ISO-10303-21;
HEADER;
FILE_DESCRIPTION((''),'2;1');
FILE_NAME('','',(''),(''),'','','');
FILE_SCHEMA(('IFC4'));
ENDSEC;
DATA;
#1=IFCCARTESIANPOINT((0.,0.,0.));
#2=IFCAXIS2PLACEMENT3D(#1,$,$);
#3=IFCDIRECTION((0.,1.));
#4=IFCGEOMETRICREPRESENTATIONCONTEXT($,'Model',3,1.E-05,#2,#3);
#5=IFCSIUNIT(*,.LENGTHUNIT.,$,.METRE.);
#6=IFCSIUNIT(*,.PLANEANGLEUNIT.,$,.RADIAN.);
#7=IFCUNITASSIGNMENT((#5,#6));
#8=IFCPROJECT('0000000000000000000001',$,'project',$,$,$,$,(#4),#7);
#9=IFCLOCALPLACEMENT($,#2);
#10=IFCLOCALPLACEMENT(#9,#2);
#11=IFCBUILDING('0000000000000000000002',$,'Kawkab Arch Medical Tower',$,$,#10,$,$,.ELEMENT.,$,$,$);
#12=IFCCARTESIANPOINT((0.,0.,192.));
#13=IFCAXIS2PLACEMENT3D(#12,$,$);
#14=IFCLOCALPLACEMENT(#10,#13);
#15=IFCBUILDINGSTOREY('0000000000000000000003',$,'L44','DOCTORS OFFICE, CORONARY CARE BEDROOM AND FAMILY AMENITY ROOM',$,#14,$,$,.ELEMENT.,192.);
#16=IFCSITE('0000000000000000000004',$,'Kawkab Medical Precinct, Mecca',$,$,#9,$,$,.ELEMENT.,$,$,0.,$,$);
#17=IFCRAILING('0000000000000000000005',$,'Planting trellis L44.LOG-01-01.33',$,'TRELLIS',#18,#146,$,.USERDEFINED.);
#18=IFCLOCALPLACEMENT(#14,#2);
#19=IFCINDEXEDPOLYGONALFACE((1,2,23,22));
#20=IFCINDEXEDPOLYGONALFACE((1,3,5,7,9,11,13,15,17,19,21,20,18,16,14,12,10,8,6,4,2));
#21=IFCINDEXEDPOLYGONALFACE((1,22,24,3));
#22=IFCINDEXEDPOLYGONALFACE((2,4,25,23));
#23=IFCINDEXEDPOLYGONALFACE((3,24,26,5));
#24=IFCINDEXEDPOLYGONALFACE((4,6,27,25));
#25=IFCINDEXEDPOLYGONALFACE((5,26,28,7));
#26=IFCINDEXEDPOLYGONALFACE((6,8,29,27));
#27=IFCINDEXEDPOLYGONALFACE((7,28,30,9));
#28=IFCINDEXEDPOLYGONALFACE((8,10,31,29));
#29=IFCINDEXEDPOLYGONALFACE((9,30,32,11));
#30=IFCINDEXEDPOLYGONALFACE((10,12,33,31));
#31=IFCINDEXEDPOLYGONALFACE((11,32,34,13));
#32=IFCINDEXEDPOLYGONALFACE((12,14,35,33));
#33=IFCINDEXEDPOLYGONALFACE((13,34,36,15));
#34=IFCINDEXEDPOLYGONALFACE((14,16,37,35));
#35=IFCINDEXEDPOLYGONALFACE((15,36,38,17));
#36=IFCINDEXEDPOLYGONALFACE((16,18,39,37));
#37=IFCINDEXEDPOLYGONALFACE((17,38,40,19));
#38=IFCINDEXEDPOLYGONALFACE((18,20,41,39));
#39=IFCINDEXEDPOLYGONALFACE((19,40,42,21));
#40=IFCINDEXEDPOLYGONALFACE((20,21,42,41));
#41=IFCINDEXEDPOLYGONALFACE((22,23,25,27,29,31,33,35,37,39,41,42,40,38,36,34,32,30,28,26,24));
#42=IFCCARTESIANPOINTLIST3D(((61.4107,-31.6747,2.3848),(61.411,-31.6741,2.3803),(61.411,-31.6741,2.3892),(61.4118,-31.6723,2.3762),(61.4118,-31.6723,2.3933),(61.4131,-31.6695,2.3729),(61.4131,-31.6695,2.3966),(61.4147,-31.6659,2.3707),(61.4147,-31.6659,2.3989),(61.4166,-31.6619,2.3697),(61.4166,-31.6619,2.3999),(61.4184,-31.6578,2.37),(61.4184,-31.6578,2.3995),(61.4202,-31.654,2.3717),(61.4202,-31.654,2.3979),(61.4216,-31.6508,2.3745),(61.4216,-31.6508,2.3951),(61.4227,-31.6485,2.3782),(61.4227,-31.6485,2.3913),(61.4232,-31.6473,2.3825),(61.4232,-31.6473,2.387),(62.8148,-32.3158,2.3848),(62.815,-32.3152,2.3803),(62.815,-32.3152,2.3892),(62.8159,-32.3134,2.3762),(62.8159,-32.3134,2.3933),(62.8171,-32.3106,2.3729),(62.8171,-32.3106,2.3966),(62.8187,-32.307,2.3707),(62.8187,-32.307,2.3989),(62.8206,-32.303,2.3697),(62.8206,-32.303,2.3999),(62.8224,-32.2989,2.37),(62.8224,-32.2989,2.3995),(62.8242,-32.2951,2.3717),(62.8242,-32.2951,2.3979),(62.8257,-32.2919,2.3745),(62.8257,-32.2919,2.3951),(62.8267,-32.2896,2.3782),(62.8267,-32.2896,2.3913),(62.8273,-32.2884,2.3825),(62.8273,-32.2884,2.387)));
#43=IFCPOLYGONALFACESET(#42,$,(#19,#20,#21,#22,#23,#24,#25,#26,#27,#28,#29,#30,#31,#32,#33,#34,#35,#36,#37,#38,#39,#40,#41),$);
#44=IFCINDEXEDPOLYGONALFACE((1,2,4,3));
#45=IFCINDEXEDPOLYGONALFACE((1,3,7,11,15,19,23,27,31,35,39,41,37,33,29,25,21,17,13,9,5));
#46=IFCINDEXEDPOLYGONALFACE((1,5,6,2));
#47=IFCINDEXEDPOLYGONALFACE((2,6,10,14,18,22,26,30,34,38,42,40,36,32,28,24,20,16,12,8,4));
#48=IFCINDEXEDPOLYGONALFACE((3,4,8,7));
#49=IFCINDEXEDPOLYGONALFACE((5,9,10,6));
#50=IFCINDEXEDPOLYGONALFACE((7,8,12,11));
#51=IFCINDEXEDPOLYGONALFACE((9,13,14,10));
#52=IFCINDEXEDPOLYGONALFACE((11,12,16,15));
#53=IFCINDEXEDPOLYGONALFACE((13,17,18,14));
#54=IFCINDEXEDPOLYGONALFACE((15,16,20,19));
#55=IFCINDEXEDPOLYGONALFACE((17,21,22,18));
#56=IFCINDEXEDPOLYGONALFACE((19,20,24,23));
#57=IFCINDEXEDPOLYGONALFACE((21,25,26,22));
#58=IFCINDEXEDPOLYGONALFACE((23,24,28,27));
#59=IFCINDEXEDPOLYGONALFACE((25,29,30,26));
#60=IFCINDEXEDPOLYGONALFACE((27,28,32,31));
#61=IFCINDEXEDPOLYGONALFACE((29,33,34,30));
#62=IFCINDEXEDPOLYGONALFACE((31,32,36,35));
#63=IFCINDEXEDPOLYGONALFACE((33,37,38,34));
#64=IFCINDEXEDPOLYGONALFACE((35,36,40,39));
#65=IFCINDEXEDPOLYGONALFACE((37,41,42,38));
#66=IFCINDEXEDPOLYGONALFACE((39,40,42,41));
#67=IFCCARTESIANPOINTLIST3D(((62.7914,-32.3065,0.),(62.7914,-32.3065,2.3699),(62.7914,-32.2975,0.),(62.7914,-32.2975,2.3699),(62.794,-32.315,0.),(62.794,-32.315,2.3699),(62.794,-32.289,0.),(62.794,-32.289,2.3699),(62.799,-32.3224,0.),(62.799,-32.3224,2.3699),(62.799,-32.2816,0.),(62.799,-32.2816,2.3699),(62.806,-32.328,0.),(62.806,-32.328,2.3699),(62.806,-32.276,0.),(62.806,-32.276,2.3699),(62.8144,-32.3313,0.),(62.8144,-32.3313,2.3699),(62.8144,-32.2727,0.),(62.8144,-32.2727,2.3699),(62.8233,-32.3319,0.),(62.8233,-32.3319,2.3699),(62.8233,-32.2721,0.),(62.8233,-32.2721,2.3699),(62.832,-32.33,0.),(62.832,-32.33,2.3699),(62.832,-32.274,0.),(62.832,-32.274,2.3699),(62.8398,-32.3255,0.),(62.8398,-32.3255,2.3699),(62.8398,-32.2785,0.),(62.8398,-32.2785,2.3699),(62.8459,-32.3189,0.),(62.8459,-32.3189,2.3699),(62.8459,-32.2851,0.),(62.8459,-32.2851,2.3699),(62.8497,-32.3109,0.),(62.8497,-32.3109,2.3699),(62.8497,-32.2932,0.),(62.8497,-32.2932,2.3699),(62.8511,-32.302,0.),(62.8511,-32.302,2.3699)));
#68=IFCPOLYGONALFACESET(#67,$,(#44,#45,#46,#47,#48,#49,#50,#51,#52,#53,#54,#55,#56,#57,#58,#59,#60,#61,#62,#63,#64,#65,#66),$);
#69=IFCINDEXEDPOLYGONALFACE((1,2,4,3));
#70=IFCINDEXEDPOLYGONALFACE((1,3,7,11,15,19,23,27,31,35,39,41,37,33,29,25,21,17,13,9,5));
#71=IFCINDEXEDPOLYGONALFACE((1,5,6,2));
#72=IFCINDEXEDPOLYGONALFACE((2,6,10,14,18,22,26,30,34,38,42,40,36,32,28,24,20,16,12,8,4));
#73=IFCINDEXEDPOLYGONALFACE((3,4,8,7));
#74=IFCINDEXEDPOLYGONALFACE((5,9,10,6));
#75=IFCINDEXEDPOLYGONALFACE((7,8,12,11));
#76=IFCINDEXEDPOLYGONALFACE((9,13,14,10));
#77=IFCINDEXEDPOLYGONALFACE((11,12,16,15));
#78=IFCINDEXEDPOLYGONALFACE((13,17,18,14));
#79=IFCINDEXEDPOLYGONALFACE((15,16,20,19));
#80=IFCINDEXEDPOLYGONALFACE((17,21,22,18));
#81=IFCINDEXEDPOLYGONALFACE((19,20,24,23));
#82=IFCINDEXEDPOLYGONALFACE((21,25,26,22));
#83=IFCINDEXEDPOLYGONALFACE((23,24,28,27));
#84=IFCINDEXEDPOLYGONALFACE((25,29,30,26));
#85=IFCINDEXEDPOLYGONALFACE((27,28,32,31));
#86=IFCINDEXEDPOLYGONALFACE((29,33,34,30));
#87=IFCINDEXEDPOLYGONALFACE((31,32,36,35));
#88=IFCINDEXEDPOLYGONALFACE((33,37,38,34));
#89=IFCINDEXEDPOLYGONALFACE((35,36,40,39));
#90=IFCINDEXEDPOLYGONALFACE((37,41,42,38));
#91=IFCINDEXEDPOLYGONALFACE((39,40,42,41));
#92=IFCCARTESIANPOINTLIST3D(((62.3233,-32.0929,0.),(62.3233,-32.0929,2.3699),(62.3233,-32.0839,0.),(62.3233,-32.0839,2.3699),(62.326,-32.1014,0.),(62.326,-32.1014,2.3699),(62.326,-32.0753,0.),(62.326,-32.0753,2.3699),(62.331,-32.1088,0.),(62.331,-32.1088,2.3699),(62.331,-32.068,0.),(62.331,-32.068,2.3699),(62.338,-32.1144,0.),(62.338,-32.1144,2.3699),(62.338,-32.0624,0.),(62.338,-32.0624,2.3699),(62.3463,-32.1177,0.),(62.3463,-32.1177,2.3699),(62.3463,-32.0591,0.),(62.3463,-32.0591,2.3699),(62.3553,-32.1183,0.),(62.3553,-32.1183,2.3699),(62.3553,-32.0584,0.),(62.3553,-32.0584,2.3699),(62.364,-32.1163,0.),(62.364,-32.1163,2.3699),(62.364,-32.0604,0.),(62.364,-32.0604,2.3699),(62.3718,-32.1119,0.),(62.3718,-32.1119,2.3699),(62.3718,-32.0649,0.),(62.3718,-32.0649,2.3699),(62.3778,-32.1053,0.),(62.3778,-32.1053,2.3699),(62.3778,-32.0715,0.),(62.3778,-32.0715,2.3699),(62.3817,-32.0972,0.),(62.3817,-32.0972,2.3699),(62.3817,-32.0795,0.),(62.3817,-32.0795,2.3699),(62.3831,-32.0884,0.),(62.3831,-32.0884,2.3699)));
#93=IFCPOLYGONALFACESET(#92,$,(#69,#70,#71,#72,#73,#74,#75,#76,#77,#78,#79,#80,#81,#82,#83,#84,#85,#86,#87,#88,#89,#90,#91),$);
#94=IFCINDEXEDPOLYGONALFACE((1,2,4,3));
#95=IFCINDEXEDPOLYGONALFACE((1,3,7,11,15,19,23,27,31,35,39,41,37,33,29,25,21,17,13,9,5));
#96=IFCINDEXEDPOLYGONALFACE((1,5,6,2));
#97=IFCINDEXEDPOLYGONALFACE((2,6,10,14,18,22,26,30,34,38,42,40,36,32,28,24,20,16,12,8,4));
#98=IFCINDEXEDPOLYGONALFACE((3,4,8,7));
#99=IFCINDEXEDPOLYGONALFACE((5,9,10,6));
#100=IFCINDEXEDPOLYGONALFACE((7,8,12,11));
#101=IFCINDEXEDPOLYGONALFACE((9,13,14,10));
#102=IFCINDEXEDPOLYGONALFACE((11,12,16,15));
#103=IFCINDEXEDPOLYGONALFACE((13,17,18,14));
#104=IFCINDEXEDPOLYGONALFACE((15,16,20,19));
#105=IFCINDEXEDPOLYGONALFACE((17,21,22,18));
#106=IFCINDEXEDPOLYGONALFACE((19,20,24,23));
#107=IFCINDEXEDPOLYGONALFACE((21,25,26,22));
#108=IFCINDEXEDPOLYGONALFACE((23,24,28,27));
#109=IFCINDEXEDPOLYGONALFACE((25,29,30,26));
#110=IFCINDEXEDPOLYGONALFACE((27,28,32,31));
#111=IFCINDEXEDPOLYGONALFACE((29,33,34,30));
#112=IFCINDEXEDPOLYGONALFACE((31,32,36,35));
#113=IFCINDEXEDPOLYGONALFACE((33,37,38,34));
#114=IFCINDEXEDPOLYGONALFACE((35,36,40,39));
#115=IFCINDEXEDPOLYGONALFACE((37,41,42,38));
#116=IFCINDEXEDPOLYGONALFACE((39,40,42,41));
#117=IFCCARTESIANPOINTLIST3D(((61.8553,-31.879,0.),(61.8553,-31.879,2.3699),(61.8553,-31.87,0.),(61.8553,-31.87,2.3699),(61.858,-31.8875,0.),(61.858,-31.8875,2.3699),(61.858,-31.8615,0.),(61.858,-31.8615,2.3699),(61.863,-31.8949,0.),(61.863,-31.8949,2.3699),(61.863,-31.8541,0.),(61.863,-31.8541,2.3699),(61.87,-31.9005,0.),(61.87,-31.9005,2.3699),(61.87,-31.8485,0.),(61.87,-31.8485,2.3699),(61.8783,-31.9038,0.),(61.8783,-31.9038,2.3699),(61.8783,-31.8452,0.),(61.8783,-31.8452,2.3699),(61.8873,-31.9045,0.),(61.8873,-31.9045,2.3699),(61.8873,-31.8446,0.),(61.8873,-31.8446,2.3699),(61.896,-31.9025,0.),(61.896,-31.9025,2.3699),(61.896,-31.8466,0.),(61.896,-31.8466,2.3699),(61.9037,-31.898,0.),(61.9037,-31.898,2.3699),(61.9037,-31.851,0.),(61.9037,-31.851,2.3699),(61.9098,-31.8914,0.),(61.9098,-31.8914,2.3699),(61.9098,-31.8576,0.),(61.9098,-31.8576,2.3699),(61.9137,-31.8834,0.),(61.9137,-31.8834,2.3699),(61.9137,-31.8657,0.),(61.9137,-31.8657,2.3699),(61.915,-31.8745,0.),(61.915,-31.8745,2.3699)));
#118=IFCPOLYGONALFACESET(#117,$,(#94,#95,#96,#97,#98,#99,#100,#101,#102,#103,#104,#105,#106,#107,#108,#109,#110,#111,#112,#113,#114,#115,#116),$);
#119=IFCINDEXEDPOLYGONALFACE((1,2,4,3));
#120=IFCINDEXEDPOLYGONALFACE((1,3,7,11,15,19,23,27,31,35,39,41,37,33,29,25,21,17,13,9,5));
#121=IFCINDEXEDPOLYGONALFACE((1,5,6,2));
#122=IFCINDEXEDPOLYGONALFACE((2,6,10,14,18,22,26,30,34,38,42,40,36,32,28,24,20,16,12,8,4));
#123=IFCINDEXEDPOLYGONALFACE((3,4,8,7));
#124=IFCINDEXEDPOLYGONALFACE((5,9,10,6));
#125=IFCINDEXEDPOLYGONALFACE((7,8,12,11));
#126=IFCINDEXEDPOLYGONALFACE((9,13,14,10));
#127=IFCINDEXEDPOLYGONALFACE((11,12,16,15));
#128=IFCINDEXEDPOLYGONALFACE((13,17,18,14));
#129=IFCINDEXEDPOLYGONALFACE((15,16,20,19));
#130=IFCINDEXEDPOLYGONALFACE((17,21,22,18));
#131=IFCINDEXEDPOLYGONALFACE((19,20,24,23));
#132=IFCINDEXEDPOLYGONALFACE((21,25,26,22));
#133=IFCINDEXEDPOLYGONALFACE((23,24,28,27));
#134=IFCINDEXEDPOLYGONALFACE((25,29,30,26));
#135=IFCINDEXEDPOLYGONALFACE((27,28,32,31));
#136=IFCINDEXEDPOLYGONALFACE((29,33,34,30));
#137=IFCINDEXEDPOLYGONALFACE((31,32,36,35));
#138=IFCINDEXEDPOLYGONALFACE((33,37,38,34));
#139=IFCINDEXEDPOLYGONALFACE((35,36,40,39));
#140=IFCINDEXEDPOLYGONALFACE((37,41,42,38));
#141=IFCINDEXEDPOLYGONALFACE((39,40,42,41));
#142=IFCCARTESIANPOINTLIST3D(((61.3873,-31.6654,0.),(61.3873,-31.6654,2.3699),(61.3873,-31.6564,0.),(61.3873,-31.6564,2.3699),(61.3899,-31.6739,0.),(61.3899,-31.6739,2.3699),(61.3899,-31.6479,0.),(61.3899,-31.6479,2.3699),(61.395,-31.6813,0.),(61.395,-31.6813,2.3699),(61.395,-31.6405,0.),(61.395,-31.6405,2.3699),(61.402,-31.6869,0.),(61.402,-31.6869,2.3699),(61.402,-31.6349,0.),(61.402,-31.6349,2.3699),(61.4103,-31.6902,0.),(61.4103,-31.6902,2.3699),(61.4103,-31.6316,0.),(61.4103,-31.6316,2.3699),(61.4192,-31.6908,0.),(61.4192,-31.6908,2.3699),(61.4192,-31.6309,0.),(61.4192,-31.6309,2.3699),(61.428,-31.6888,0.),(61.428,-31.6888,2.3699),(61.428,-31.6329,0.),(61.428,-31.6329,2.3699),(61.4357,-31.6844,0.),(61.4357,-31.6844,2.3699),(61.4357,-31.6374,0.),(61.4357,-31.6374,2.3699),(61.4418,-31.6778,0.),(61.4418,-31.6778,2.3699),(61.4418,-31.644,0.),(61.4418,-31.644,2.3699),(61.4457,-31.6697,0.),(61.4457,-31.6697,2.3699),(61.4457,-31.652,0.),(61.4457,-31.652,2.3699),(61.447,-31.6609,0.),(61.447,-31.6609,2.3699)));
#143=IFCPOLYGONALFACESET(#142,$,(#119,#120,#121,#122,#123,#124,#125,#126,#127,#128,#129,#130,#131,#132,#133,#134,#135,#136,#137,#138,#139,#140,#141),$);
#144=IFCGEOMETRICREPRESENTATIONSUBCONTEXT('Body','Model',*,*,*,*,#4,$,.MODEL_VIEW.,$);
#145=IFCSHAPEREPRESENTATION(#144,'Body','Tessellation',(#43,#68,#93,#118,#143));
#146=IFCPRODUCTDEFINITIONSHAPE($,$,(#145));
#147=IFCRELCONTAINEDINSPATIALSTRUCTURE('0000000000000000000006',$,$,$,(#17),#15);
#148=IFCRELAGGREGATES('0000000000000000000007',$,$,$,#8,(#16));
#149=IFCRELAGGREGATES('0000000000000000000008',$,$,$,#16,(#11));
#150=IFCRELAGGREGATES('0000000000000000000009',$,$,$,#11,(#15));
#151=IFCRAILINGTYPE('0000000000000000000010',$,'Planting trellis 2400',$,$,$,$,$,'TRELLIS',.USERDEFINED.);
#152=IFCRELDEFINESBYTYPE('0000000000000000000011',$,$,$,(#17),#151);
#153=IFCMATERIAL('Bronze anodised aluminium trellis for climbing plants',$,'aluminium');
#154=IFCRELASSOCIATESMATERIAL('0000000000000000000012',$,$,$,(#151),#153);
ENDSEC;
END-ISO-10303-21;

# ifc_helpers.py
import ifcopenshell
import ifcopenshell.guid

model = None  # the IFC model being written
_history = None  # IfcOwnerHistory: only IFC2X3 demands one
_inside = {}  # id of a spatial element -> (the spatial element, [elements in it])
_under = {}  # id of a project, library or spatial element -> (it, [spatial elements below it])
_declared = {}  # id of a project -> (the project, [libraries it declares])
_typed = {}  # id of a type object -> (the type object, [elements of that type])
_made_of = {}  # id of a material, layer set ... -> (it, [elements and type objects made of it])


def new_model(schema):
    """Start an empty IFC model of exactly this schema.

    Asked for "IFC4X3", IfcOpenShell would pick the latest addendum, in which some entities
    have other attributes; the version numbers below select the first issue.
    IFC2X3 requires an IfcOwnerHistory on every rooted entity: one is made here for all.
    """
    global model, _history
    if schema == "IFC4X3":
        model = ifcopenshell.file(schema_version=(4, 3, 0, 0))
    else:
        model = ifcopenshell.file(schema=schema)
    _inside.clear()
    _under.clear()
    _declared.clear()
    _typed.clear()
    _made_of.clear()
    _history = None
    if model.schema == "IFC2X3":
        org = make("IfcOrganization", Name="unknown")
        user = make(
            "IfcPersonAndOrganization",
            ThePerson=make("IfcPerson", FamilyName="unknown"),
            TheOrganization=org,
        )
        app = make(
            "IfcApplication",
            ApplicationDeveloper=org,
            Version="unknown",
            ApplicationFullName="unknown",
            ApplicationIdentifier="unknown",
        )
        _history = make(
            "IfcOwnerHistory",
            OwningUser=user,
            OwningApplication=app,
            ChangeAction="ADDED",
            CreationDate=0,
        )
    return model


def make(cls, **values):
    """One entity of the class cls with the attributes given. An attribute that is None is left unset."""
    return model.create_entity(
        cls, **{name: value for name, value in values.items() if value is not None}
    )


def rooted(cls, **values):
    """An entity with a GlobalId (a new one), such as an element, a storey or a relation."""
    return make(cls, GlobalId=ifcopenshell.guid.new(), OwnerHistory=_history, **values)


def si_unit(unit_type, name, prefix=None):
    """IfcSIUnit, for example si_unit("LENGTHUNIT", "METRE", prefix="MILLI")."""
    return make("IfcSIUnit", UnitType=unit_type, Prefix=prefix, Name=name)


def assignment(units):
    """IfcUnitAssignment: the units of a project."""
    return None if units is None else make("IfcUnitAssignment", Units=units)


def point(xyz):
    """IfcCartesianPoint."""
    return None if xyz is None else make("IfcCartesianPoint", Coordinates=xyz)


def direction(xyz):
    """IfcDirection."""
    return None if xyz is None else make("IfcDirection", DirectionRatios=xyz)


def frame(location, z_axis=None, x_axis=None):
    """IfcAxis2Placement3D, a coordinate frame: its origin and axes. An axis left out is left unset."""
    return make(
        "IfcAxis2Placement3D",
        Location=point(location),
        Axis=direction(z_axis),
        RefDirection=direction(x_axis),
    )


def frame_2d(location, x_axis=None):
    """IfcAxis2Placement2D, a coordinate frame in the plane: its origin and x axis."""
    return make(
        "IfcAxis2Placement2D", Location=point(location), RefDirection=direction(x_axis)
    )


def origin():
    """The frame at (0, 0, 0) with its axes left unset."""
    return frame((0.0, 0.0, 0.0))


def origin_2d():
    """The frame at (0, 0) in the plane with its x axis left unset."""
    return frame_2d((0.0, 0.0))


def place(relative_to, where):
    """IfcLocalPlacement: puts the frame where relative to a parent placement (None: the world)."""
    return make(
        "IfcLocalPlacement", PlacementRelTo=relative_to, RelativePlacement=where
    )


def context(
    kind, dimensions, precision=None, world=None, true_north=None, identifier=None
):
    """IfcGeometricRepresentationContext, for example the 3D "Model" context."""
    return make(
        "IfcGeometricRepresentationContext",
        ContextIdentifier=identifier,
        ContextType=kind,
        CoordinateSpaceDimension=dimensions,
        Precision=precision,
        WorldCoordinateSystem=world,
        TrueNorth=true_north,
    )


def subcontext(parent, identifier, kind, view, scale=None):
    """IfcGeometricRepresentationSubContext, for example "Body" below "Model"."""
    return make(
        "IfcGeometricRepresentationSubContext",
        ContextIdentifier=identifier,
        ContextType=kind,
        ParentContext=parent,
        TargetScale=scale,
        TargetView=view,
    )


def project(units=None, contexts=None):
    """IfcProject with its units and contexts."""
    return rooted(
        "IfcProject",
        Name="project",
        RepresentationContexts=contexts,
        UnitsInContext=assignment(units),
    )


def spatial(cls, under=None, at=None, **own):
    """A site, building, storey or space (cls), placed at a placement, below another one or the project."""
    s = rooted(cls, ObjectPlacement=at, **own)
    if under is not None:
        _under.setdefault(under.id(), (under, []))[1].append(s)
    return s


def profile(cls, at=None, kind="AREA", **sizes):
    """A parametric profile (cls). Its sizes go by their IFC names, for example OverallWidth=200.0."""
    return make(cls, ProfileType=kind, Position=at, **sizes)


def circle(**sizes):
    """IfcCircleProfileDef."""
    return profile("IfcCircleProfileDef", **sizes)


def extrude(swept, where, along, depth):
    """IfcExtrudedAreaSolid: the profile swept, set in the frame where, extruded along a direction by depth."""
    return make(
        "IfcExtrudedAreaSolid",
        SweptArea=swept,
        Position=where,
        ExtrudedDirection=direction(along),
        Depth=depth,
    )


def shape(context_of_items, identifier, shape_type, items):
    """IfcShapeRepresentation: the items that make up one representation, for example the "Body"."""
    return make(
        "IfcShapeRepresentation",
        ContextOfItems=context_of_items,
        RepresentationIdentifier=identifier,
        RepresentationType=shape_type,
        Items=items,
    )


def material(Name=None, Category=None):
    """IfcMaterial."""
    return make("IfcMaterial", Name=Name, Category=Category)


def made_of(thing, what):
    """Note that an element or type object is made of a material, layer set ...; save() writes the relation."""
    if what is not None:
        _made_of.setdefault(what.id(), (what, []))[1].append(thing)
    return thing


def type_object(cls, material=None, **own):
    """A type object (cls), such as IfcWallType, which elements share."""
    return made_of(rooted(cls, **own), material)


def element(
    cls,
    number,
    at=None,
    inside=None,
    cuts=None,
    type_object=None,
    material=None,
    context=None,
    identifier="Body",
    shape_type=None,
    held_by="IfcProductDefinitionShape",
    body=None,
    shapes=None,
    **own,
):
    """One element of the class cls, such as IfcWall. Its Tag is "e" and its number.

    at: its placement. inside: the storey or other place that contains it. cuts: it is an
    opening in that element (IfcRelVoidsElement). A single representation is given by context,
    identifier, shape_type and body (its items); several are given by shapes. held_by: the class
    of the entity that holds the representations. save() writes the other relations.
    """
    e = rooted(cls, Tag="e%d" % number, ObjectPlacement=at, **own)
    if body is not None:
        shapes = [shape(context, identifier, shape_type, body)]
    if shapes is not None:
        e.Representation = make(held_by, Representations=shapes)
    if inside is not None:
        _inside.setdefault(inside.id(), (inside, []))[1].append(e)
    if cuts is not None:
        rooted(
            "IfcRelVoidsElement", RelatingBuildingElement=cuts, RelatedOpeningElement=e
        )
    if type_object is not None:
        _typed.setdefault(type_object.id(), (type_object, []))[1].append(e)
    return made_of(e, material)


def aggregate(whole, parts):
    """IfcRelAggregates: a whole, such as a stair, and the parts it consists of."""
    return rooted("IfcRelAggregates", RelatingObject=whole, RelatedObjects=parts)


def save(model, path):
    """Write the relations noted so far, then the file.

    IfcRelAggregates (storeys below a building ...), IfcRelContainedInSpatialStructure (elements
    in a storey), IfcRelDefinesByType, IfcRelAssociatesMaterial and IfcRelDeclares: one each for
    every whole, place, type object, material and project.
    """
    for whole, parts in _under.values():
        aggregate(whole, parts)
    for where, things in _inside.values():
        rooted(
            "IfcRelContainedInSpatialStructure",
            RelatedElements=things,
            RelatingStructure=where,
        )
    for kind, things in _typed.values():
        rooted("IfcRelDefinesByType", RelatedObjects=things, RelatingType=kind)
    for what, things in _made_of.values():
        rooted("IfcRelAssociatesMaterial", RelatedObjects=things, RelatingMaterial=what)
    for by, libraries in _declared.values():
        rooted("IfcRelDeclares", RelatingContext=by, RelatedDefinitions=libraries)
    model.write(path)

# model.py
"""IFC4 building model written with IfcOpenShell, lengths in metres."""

from ifc_helpers import new_model, si_unit, direction, frame, origin, origin_2d, place, context, subcontext, project, spatial, circle, extrude, material, type_object, element, save


model = new_model("IFC4")

# Units and contexts
model_context = context("Model", 3, precision=1e-05, world=origin(), true_north=direction((0.0, 1.0)))
body_context = subcontext(model_context, "Body", "Model", "MODEL_VIEW")
ifc_project = project(units=[si_unit("LENGTHUNIT", "METRE"), si_unit("PLANEANGLEUNIT", "RADIAN")], contexts=[model_context])

# Site, building, storey
site_placement = place(None, origin())
site = spatial("IfcSite", under=ifc_project, at=site_placement, Name="Kawkab Medical Precinct, Mecca", CompositionType="ELEMENT", RefElevation=0.0)
building_placement = place(site_placement, origin())
building = spatial("IfcBuilding", under=site, at=building_placement, Name="Kawkab Arch Medical Tower", CompositionType="ELEMENT")
storey_placement = place(building_placement, frame((0.0, 0.0, 192.0)))
storey = spatial("IfcBuildingStorey", under=building, at=storey_placement, Name="L44", Description="DOCTORS OFFICE, CORONARY CARE BEDROOM AND FAMILY AMENITY ROOM", CompositionType="ELEMENT", Elevation=192.0)

# Railing
ifc_material_1 = material(Name="Bronze anodised aluminium trellis for climbing plants", Category="aluminium")
railing_type = type_object("IfcRailingType", Name="Planting trellis 2400", ElementType="TRELLIS", PredefinedType="USERDEFINED", material=ifc_material_1)
railing_1_placement = place(storey_placement, frame((62.821, -32.302, 0.0)))
element("IfcRailing", 1, at=railing_1_placement, inside=storey, type_object=railing_type, Name="Planting trellis L44.LOG-01-01.33", ObjectType="TRELLIS", PredefinedType="USERDEFINED", context=body_context, shape_type="SweptSolid", body=[
    extrude(circle(Radius=0.0151, at=origin_2d()), frame((0.0, 0.0, 2.3848), z_axis=(-0.909656, 0.415363, 0.0), x_axis=(-0.415363, -0.909656, 0.0)), (0.0, 0.0, 1.0), 1.5435),
    extrude(circle(Radius=0.03, at=origin_2d()), origin(), (0.0, 0.0, 1.0), 2.3699),
    extrude(circle(Radius=0.03, at=origin_2d()), frame((-0.468, 0.2136, 0.0)), (0.0, 0.0, 1.0), 2.3699),
    extrude(circle(Radius=0.03, at=origin_2d()), frame((-0.936, 0.4275, 0.0)), (0.0, 0.0, 1.0), 2.3699),
    extrude(circle(Radius=0.03, at=origin_2d()), frame((-1.4041, 0.6411, 0.0)), (0.0, 0.0, 1.0), 2.3699),
])

save(model, "model.ifc")
